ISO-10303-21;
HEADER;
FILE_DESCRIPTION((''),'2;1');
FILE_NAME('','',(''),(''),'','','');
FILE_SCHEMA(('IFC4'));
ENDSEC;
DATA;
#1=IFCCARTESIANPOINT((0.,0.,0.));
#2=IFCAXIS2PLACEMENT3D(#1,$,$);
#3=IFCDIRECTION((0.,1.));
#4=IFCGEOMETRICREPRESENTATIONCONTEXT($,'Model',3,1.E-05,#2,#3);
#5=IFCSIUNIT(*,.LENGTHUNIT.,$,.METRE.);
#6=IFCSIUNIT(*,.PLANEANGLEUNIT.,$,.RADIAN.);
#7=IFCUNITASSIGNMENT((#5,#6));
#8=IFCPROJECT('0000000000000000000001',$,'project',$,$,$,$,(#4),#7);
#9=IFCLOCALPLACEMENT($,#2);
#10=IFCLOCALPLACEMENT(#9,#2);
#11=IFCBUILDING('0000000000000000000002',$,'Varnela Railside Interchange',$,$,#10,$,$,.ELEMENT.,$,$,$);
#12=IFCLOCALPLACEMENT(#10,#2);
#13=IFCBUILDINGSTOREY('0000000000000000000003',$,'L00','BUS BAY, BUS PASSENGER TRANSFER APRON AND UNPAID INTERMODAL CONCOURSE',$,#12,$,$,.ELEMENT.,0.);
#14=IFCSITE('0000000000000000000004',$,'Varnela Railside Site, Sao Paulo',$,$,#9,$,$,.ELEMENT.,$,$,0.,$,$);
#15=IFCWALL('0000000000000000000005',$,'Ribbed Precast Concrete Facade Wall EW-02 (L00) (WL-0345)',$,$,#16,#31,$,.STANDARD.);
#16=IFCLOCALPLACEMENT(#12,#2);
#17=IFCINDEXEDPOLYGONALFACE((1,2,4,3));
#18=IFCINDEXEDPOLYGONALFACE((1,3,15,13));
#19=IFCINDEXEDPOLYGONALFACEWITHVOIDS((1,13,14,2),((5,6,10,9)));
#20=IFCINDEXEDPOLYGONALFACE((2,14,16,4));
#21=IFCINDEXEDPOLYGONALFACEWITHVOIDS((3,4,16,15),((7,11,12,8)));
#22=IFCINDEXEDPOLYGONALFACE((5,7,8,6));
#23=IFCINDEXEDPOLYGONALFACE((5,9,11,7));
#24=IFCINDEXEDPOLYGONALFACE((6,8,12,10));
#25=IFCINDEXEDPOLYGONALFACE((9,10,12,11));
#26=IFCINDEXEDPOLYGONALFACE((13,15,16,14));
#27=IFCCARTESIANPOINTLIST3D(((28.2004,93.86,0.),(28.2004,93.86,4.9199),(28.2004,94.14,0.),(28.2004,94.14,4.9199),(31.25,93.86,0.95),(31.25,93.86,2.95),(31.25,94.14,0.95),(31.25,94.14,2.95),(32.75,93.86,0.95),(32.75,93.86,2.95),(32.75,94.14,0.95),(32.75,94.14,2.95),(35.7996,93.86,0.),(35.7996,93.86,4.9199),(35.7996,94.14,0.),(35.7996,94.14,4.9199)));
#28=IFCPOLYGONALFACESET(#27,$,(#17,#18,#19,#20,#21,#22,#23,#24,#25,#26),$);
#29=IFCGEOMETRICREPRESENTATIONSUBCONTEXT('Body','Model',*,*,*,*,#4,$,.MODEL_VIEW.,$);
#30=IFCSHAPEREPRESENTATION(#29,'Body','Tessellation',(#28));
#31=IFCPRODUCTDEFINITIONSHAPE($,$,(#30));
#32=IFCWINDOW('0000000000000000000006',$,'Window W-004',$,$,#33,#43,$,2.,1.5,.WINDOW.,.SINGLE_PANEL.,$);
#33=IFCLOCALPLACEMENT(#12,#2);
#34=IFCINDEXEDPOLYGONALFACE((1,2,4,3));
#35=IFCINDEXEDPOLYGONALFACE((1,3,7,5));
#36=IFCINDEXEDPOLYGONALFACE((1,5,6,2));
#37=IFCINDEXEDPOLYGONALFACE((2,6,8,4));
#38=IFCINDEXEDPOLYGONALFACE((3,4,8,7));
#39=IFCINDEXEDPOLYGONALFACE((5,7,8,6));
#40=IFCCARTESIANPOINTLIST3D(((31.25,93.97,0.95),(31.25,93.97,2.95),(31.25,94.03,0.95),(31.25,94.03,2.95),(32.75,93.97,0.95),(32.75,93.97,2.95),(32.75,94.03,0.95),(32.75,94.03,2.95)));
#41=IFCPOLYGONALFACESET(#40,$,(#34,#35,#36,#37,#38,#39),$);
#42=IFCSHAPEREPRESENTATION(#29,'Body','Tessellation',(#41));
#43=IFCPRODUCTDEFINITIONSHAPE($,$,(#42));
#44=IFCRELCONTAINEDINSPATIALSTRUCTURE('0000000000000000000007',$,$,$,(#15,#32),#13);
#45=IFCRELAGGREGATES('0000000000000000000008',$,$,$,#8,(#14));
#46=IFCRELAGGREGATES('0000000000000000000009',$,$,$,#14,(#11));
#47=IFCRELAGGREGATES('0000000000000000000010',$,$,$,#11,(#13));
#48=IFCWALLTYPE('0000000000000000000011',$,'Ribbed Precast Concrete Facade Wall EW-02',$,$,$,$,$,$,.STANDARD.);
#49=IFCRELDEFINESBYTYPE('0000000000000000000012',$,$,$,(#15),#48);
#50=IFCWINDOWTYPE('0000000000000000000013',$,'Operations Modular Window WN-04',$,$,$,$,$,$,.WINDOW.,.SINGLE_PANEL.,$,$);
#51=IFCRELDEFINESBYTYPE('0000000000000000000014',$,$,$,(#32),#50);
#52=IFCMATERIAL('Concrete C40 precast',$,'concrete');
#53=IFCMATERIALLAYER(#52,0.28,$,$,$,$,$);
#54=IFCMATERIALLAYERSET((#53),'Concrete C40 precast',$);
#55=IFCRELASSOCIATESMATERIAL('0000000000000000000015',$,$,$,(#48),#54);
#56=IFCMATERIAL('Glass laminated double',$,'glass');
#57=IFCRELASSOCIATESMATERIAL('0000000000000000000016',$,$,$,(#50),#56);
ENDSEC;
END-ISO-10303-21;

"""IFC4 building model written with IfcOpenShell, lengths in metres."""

from ifc_helpers import new_model, si_unit, direction, frame, frame_2d, origin, place, context, subcontext, project, spatial, rectangle, extrude, material, layer, layer_set, type_object, element, fill, save


model = new_model("IFC4")

# Units and contexts
model_context = context("Model", 3, precision=1e-05, world=origin(), true_north=direction((0.0, 1.0)))
body_context = subcontext(model_context, "Body", "Model", "MODEL_VIEW")
ifc_project = project(units=[si_unit("LENGTHUNIT", "METRE"), si_unit("PLANEANGLEUNIT", "RADIAN")], contexts=[model_context])

# Site, building, storey
site_placement = place(None, origin())
site = spatial("IfcSite", under=ifc_project, at=site_placement, Name="Varnela Railside Site, Sao Paulo", CompositionType="ELEMENT", RefElevation=0.0)
building_placement = place(site_placement, origin())
building = spatial("IfcBuilding", under=site, at=building_placement, Name="Varnela Railside Interchange", CompositionType="ELEMENT")
storey_placement = place(building_placement, origin())
storey = spatial("IfcBuildingStorey", under=building, at=storey_placement, Name="L00", Description="BUS BAY, BUS PASSENGER TRANSFER APRON AND UNPAID INTERMODAL CONCOURSE", CompositionType="ELEMENT", Elevation=0.0)

# Shared definitions
ifc_material_1 = material(Name="Glass laminated double", Category="glass")

# Shared definitions
ifc_material_2 = material(Name="Concrete C40 precast", Category="concrete")
ifc_layer_1 = layer(ifc_material_2, 0.28)
ifc_layer_set_1 = layer_set([ifc_layer_1], Name="Concrete C40 precast")
wall_type = type_object("IfcWallType", Name="Ribbed Precast Concrete Facade Wall EW-02", PredefinedType="STANDARD", material=ifc_layer_set_1)

# Wall, opening, window
wall_1_placement = place(storey_placement, frame((28.2004, 94.0, 0.0), z_axis=(0.0, 0.0, 1.0), x_axis=(1.0, 0.0, 0.0)))
wall_1 = element("IfcWall", 1, at=wall_1_placement, inside=storey, type_object=wall_type, Name="Ribbed Precast Concrete Facade Wall EW-02 (L00) (WL-0345)", PredefinedType="STANDARD", context=body_context, shape_type="SweptSolid", body=[
    extrude(rectangle(XDim=7.5991, YDim=0.28, at=frame_2d((3.7996, 0.0))), origin(), (0.0, 0.0, 1.0), 4.9199),
])
opening_1_placement = place(wall_1_placement, frame((3.0496, 0.0, 0.95)))
opening_1 = element("IfcOpeningElement", 2, at=opening_1_placement, cuts=wall_1, PredefinedType="OPENING", context=body_context, shape_type="SweptSolid", body=[
    extrude(rectangle(XDim=1.5, YDim=2.0, at=frame_2d((0.75, 1.0))), frame((0.0, 0.1499, 0.0), z_axis=(0.0, -1.0, 0.0), x_axis=(1.0, 0.0, 0.0)), (0.0, 0.0, 1.0), 0.3),
])
window_type = type_object("IfcWindowType", Name="Operations Modular Window WN-04", PartitioningType="SINGLE_PANEL", PredefinedType="WINDOW", material=ifc_material_1)
window_placement = place(opening_1_placement, origin())
window = element("IfcWindow", 3, at=window_placement, inside=storey, type_object=window_type, Name="Window W-004", OverallHeight=2.0, OverallWidth=1.5, PartitioningType="SINGLE_PANEL", PredefinedType="WINDOW", context=body_context, shape_type="SweptSolid", body=[
    extrude(rectangle(XDim=1.5, YDim=2.0, at=frame_2d((0.75, 1.0))), frame((0.0, 0.03, 0.0), z_axis=(0.0, -1.0, 0.0), x_axis=(1.0, 0.0, 0.0)), (0.0, 0.0, 1.0), 0.0601),
])
fill(opening_1, window)

save(model, "model.ifc")
